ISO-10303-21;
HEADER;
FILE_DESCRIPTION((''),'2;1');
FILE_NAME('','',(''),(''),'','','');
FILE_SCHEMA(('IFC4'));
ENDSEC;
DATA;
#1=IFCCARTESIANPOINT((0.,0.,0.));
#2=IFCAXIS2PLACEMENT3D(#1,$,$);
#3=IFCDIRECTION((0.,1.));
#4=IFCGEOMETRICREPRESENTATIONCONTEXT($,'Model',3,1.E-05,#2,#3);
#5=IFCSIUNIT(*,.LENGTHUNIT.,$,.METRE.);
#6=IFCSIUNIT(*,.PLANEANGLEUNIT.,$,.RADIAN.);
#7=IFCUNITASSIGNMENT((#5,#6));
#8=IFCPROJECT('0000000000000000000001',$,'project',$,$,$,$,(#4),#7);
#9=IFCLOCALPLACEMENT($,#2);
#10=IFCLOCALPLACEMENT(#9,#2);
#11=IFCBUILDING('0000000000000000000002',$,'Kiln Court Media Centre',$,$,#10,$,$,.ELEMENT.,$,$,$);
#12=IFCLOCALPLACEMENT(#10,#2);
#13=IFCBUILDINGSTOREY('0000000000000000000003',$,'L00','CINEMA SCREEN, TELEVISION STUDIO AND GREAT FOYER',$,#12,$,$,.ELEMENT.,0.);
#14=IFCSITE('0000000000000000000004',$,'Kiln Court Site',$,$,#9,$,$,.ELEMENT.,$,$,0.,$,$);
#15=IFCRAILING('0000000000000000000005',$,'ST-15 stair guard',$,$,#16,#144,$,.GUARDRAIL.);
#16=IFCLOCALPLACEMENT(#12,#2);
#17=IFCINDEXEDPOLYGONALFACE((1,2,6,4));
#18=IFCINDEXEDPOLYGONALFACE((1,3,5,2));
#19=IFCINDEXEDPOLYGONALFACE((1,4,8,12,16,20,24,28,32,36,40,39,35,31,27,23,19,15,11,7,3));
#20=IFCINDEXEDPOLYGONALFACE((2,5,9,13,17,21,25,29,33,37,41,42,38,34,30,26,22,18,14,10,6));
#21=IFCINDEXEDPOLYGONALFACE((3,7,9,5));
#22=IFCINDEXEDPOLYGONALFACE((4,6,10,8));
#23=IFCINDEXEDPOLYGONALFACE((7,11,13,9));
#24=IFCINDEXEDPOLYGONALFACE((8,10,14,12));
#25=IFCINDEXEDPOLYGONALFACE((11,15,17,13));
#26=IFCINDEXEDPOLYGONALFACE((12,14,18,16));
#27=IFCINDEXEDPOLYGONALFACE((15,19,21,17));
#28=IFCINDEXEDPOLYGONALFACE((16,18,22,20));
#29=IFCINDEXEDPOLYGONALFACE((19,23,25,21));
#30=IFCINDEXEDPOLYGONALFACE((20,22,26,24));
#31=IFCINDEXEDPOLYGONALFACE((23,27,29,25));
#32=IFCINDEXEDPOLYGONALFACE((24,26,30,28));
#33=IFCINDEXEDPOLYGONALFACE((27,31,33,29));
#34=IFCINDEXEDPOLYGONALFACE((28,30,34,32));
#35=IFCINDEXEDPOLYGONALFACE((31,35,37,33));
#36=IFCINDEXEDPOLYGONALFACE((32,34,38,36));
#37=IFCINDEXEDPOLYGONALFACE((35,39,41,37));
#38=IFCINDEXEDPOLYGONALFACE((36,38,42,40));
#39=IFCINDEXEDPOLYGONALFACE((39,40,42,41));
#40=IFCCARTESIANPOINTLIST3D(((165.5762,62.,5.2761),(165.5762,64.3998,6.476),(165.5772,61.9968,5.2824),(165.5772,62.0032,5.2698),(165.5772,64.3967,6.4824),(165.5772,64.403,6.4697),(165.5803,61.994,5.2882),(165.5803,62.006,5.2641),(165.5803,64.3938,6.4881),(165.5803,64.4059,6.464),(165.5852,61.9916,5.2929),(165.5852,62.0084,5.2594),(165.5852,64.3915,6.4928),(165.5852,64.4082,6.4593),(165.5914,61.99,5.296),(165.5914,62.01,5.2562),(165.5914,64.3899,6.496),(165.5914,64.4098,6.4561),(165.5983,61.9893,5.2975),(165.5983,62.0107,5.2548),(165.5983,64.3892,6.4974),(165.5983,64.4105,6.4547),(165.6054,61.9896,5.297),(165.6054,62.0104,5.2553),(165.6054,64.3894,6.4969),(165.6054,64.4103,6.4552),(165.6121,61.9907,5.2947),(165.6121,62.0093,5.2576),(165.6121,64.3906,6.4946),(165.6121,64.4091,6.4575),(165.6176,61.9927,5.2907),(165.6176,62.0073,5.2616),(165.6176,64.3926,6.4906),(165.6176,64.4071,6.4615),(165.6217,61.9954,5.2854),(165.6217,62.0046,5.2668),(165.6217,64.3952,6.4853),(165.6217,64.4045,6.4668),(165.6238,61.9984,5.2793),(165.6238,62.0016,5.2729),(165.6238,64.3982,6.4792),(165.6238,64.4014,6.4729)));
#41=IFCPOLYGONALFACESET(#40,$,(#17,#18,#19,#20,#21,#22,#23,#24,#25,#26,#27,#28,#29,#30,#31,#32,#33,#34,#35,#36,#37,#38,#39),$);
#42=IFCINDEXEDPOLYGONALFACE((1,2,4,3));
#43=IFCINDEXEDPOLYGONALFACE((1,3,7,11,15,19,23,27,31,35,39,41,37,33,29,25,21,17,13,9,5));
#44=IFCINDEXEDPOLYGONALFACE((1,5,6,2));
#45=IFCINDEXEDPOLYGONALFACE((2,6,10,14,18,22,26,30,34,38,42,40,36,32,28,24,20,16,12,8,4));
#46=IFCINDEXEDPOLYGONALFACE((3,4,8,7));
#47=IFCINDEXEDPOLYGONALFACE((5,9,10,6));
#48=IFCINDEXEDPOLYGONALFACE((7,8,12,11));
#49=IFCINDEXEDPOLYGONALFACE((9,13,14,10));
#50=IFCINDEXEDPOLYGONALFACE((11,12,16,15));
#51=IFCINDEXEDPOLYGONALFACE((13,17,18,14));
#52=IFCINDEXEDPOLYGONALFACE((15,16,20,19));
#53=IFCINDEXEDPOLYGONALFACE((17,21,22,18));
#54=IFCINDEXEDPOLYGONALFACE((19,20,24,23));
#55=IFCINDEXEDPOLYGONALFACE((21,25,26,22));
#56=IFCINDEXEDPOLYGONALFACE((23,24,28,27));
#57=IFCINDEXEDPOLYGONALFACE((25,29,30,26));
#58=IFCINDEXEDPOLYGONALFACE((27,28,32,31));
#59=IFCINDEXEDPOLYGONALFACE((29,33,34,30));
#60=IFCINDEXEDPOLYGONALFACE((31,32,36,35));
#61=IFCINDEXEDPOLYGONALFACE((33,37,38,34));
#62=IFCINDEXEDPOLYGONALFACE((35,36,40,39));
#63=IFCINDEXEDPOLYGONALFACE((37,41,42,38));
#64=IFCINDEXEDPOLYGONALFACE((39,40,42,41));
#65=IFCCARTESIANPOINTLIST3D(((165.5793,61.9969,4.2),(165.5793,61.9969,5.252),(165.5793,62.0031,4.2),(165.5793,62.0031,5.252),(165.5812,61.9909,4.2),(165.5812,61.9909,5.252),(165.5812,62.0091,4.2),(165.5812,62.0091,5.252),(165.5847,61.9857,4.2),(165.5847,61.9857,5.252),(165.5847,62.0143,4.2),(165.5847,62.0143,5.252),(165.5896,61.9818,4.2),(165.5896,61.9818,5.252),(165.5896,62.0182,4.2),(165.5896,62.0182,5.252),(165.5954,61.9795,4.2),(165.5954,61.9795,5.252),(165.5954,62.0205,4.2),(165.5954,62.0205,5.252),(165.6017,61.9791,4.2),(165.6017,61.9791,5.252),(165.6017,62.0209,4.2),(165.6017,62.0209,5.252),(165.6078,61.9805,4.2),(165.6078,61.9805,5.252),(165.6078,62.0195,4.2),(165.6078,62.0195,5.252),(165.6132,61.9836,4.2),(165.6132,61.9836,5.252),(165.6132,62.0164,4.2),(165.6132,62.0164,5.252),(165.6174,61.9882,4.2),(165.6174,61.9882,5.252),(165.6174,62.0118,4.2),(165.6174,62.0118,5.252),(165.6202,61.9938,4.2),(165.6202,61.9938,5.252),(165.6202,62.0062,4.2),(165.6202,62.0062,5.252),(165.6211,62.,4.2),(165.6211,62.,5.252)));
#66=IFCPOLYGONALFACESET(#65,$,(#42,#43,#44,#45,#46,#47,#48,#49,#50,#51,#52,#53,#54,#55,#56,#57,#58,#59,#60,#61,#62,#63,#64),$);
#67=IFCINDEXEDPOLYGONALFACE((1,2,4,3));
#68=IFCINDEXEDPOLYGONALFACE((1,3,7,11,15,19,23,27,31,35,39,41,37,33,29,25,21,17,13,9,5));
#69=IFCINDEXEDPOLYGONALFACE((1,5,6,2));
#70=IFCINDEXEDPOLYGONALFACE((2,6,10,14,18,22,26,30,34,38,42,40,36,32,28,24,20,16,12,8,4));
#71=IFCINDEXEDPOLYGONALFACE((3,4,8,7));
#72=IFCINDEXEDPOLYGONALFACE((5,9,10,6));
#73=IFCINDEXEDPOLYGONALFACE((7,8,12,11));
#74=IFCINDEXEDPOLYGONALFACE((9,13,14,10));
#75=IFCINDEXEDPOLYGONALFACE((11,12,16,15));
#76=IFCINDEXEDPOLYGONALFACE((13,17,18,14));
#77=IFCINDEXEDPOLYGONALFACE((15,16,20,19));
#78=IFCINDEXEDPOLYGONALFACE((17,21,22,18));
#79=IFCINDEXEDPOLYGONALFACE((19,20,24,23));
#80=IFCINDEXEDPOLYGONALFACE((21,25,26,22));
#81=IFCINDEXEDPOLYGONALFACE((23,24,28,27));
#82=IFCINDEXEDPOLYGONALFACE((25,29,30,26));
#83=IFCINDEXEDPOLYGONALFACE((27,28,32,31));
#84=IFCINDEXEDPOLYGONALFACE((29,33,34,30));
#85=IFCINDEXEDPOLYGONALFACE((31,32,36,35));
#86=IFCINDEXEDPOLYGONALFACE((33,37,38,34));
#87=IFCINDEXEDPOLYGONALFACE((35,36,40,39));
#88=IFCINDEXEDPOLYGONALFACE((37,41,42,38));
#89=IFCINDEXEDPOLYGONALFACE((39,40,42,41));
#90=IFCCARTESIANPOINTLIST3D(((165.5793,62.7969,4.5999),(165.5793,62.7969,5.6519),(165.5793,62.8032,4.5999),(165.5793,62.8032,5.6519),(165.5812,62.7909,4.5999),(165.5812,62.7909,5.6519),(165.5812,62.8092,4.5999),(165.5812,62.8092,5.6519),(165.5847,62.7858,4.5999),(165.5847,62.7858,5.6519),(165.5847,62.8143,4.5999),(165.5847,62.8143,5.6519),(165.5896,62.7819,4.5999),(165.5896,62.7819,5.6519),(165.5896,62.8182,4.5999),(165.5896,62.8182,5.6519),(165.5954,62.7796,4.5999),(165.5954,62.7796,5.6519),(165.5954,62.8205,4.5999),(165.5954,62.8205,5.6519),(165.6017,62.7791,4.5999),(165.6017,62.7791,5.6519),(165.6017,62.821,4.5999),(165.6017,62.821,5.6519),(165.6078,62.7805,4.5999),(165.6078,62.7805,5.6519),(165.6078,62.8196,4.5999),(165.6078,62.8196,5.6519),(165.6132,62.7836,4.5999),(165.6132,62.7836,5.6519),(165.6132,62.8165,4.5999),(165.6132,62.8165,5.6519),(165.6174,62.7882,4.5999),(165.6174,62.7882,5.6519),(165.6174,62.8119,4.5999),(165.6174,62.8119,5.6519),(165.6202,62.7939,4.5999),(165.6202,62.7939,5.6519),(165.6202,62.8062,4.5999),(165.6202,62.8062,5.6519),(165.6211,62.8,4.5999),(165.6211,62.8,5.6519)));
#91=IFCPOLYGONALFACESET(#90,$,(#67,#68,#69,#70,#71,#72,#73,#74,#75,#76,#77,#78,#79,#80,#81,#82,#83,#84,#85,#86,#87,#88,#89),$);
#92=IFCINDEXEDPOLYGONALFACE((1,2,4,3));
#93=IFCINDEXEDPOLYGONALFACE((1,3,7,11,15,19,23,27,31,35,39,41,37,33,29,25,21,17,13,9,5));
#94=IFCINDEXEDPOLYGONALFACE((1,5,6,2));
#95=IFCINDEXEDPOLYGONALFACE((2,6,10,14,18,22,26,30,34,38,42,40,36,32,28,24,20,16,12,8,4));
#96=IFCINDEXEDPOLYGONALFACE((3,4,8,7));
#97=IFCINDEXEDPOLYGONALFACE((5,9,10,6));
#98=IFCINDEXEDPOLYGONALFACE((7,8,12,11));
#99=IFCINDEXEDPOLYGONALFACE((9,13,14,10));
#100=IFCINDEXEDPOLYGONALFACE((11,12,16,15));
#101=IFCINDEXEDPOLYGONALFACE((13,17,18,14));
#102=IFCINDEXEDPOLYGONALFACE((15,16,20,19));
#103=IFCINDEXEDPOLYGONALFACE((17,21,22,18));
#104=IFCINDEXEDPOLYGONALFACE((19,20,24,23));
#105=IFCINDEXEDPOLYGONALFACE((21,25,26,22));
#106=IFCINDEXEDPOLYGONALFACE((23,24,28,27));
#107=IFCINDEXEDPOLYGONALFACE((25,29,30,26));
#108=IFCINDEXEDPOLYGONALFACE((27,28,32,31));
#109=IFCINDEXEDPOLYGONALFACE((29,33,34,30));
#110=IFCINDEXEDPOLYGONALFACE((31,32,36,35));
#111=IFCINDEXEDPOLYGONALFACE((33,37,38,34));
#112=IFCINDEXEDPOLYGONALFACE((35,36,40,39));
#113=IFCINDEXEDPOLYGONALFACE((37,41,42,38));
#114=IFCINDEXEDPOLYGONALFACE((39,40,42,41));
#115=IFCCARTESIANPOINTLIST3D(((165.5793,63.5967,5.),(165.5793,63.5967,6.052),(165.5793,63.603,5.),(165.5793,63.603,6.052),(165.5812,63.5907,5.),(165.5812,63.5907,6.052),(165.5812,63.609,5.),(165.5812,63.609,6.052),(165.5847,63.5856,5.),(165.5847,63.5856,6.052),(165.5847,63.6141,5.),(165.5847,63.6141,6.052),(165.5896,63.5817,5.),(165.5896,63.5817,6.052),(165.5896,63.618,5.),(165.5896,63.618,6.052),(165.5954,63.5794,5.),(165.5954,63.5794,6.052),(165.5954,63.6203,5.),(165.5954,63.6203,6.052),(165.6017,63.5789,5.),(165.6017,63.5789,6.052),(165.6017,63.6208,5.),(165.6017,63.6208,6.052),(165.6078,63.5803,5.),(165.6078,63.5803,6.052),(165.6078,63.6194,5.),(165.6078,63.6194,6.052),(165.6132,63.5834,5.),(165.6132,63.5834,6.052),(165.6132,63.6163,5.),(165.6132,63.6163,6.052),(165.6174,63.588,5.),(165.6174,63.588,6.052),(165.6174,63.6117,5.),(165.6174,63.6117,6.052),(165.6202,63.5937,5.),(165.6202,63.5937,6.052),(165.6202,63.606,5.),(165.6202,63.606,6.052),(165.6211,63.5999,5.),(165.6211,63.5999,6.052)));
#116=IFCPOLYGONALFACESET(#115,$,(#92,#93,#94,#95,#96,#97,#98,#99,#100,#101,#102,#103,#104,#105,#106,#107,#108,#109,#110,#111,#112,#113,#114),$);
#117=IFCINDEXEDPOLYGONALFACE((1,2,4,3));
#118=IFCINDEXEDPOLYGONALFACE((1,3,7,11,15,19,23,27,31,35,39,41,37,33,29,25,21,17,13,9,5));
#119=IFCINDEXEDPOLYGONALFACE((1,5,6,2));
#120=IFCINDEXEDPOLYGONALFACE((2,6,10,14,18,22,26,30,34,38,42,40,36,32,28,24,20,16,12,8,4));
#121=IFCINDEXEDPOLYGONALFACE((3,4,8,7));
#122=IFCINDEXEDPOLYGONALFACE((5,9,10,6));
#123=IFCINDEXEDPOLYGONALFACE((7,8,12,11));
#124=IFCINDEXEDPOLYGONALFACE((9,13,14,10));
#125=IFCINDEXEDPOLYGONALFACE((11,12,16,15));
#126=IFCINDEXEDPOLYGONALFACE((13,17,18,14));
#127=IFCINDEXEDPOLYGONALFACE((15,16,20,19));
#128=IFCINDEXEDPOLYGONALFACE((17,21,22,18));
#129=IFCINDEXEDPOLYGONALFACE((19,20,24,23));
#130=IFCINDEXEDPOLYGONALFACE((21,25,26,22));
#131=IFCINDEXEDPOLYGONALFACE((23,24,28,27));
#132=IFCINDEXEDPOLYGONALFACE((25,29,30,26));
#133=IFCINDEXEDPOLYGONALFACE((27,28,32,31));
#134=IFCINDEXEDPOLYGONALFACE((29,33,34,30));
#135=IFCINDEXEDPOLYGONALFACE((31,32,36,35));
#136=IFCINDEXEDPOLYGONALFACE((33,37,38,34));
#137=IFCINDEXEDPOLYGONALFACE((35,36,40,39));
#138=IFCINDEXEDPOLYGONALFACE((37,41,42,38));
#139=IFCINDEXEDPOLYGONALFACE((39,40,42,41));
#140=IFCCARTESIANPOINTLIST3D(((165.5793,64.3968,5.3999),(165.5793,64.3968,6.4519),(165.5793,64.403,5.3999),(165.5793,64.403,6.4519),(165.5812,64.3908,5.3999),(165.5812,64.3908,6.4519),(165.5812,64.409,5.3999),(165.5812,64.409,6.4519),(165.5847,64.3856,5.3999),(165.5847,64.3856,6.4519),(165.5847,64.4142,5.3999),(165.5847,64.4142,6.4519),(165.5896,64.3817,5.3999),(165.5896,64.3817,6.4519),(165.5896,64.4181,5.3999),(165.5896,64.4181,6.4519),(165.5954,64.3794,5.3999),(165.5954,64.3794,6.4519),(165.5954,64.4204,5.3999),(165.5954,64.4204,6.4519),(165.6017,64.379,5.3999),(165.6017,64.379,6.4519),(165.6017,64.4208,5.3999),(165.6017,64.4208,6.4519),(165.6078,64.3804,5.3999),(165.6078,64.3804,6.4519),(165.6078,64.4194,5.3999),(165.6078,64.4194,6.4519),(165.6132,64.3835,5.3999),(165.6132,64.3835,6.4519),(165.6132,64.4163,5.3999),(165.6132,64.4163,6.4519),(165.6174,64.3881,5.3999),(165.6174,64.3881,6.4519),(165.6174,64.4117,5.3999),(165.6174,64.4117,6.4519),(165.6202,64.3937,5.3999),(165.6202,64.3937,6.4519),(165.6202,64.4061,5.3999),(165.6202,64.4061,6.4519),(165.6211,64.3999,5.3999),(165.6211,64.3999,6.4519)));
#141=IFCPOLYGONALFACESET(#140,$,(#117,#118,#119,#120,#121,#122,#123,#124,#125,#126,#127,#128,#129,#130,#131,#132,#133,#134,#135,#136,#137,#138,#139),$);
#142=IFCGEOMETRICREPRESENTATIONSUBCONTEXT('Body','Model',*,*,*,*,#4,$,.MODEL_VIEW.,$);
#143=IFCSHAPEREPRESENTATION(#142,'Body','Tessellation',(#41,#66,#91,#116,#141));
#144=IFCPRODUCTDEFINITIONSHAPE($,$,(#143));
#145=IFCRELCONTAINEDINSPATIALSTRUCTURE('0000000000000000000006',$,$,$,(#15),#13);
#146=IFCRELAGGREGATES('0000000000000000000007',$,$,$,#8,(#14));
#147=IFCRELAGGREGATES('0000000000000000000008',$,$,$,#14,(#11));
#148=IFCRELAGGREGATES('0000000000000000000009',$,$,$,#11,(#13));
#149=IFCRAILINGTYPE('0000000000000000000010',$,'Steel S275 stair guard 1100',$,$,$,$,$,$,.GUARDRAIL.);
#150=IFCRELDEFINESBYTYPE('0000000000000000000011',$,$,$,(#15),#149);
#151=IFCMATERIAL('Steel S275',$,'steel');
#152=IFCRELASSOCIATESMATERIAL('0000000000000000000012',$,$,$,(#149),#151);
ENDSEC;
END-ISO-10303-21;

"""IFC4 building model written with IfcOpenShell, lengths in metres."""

from ifc_helpers import new_model, si_unit, direction, frame, origin, origin_2d, place, context, subcontext, project, spatial, circle, extrude, material, type_object, element, save


model = new_model("IFC4")

# Units and contexts
model_context = context("Model", 3, precision=1e-05, world=origin(), true_north=direction((0.0, 1.0)))
body_context = subcontext(model_context, "Body", "Model", "MODEL_VIEW")
ifc_project = project(units=[si_unit("LENGTHUNIT", "METRE"), si_unit("PLANEANGLEUNIT", "RADIAN")], contexts=[model_context])

# Site, building, storey
site_placement = place(None, origin())
site = spatial("IfcSite", under=ifc_project, at=site_placement, Name="Kiln Court Site", CompositionType="ELEMENT", RefElevation=0.0)
building_placement = place(site_placement, origin())
building = spatial("IfcBuilding", under=site, at=building_placement, Name="Kiln Court Media Centre", CompositionType="ELEMENT")
storey_placement = place(building_placement, origin())
storey = spatial("IfcBuildingStorey", under=building, at=storey_placement, Name="L00", Description="CINEMA SCREEN, TELEVISION STUDIO AND GREAT FOYER", CompositionType="ELEMENT", Elevation=0.0)

# Railing
ifc_material_1 = material(Name="Steel S275", Category="steel")
railing_type_1 = type_object("IfcRailingType", Name="Steel S275 stair guard 1100", PredefinedType="GUARDRAIL", material=ifc_material_1)
railing_1_placement = place(storey_placement, frame((165.6001, 62.0, 4.2)))
element("IfcRailing", 1, at=railing_1_placement, inside=storey, type_object=railing_type_1, Name="ST-15 stair guard", PredefinedType="GUARDRAIL", context=body_context, shape_type="SweptSolid", body=[
    extrude(circle(Radius=0.0239, at=origin_2d()), frame((0.0, 0.0, 1.0762), z_axis=(0.0, 0.894427, 0.447214), x_axis=(-1.0, 0.0, 0.0)), (0.0, 0.0, 1.0), 2.6831),
    extrude(circle(Radius=0.021, at=origin_2d()), origin(), (0.0, 0.0, 1.0), 1.052),
    extrude(circle(Radius=0.021, at=origin_2d()), frame((0.0, 0.8, 0.3999)), (0.0, 0.0, 1.0), 1.052),
    extrude(circle(Radius=0.021, at=origin_2d()), frame((0.0, 1.5999, 0.8)), (0.0, 0.0, 1.0), 1.052),
    extrude(circle(Radius=0.021, at=origin_2d()), frame((0.0, 2.3999, 1.2)), (0.0, 0.0, 1.0), 1.052),
])

save(model, "model.ifc")
